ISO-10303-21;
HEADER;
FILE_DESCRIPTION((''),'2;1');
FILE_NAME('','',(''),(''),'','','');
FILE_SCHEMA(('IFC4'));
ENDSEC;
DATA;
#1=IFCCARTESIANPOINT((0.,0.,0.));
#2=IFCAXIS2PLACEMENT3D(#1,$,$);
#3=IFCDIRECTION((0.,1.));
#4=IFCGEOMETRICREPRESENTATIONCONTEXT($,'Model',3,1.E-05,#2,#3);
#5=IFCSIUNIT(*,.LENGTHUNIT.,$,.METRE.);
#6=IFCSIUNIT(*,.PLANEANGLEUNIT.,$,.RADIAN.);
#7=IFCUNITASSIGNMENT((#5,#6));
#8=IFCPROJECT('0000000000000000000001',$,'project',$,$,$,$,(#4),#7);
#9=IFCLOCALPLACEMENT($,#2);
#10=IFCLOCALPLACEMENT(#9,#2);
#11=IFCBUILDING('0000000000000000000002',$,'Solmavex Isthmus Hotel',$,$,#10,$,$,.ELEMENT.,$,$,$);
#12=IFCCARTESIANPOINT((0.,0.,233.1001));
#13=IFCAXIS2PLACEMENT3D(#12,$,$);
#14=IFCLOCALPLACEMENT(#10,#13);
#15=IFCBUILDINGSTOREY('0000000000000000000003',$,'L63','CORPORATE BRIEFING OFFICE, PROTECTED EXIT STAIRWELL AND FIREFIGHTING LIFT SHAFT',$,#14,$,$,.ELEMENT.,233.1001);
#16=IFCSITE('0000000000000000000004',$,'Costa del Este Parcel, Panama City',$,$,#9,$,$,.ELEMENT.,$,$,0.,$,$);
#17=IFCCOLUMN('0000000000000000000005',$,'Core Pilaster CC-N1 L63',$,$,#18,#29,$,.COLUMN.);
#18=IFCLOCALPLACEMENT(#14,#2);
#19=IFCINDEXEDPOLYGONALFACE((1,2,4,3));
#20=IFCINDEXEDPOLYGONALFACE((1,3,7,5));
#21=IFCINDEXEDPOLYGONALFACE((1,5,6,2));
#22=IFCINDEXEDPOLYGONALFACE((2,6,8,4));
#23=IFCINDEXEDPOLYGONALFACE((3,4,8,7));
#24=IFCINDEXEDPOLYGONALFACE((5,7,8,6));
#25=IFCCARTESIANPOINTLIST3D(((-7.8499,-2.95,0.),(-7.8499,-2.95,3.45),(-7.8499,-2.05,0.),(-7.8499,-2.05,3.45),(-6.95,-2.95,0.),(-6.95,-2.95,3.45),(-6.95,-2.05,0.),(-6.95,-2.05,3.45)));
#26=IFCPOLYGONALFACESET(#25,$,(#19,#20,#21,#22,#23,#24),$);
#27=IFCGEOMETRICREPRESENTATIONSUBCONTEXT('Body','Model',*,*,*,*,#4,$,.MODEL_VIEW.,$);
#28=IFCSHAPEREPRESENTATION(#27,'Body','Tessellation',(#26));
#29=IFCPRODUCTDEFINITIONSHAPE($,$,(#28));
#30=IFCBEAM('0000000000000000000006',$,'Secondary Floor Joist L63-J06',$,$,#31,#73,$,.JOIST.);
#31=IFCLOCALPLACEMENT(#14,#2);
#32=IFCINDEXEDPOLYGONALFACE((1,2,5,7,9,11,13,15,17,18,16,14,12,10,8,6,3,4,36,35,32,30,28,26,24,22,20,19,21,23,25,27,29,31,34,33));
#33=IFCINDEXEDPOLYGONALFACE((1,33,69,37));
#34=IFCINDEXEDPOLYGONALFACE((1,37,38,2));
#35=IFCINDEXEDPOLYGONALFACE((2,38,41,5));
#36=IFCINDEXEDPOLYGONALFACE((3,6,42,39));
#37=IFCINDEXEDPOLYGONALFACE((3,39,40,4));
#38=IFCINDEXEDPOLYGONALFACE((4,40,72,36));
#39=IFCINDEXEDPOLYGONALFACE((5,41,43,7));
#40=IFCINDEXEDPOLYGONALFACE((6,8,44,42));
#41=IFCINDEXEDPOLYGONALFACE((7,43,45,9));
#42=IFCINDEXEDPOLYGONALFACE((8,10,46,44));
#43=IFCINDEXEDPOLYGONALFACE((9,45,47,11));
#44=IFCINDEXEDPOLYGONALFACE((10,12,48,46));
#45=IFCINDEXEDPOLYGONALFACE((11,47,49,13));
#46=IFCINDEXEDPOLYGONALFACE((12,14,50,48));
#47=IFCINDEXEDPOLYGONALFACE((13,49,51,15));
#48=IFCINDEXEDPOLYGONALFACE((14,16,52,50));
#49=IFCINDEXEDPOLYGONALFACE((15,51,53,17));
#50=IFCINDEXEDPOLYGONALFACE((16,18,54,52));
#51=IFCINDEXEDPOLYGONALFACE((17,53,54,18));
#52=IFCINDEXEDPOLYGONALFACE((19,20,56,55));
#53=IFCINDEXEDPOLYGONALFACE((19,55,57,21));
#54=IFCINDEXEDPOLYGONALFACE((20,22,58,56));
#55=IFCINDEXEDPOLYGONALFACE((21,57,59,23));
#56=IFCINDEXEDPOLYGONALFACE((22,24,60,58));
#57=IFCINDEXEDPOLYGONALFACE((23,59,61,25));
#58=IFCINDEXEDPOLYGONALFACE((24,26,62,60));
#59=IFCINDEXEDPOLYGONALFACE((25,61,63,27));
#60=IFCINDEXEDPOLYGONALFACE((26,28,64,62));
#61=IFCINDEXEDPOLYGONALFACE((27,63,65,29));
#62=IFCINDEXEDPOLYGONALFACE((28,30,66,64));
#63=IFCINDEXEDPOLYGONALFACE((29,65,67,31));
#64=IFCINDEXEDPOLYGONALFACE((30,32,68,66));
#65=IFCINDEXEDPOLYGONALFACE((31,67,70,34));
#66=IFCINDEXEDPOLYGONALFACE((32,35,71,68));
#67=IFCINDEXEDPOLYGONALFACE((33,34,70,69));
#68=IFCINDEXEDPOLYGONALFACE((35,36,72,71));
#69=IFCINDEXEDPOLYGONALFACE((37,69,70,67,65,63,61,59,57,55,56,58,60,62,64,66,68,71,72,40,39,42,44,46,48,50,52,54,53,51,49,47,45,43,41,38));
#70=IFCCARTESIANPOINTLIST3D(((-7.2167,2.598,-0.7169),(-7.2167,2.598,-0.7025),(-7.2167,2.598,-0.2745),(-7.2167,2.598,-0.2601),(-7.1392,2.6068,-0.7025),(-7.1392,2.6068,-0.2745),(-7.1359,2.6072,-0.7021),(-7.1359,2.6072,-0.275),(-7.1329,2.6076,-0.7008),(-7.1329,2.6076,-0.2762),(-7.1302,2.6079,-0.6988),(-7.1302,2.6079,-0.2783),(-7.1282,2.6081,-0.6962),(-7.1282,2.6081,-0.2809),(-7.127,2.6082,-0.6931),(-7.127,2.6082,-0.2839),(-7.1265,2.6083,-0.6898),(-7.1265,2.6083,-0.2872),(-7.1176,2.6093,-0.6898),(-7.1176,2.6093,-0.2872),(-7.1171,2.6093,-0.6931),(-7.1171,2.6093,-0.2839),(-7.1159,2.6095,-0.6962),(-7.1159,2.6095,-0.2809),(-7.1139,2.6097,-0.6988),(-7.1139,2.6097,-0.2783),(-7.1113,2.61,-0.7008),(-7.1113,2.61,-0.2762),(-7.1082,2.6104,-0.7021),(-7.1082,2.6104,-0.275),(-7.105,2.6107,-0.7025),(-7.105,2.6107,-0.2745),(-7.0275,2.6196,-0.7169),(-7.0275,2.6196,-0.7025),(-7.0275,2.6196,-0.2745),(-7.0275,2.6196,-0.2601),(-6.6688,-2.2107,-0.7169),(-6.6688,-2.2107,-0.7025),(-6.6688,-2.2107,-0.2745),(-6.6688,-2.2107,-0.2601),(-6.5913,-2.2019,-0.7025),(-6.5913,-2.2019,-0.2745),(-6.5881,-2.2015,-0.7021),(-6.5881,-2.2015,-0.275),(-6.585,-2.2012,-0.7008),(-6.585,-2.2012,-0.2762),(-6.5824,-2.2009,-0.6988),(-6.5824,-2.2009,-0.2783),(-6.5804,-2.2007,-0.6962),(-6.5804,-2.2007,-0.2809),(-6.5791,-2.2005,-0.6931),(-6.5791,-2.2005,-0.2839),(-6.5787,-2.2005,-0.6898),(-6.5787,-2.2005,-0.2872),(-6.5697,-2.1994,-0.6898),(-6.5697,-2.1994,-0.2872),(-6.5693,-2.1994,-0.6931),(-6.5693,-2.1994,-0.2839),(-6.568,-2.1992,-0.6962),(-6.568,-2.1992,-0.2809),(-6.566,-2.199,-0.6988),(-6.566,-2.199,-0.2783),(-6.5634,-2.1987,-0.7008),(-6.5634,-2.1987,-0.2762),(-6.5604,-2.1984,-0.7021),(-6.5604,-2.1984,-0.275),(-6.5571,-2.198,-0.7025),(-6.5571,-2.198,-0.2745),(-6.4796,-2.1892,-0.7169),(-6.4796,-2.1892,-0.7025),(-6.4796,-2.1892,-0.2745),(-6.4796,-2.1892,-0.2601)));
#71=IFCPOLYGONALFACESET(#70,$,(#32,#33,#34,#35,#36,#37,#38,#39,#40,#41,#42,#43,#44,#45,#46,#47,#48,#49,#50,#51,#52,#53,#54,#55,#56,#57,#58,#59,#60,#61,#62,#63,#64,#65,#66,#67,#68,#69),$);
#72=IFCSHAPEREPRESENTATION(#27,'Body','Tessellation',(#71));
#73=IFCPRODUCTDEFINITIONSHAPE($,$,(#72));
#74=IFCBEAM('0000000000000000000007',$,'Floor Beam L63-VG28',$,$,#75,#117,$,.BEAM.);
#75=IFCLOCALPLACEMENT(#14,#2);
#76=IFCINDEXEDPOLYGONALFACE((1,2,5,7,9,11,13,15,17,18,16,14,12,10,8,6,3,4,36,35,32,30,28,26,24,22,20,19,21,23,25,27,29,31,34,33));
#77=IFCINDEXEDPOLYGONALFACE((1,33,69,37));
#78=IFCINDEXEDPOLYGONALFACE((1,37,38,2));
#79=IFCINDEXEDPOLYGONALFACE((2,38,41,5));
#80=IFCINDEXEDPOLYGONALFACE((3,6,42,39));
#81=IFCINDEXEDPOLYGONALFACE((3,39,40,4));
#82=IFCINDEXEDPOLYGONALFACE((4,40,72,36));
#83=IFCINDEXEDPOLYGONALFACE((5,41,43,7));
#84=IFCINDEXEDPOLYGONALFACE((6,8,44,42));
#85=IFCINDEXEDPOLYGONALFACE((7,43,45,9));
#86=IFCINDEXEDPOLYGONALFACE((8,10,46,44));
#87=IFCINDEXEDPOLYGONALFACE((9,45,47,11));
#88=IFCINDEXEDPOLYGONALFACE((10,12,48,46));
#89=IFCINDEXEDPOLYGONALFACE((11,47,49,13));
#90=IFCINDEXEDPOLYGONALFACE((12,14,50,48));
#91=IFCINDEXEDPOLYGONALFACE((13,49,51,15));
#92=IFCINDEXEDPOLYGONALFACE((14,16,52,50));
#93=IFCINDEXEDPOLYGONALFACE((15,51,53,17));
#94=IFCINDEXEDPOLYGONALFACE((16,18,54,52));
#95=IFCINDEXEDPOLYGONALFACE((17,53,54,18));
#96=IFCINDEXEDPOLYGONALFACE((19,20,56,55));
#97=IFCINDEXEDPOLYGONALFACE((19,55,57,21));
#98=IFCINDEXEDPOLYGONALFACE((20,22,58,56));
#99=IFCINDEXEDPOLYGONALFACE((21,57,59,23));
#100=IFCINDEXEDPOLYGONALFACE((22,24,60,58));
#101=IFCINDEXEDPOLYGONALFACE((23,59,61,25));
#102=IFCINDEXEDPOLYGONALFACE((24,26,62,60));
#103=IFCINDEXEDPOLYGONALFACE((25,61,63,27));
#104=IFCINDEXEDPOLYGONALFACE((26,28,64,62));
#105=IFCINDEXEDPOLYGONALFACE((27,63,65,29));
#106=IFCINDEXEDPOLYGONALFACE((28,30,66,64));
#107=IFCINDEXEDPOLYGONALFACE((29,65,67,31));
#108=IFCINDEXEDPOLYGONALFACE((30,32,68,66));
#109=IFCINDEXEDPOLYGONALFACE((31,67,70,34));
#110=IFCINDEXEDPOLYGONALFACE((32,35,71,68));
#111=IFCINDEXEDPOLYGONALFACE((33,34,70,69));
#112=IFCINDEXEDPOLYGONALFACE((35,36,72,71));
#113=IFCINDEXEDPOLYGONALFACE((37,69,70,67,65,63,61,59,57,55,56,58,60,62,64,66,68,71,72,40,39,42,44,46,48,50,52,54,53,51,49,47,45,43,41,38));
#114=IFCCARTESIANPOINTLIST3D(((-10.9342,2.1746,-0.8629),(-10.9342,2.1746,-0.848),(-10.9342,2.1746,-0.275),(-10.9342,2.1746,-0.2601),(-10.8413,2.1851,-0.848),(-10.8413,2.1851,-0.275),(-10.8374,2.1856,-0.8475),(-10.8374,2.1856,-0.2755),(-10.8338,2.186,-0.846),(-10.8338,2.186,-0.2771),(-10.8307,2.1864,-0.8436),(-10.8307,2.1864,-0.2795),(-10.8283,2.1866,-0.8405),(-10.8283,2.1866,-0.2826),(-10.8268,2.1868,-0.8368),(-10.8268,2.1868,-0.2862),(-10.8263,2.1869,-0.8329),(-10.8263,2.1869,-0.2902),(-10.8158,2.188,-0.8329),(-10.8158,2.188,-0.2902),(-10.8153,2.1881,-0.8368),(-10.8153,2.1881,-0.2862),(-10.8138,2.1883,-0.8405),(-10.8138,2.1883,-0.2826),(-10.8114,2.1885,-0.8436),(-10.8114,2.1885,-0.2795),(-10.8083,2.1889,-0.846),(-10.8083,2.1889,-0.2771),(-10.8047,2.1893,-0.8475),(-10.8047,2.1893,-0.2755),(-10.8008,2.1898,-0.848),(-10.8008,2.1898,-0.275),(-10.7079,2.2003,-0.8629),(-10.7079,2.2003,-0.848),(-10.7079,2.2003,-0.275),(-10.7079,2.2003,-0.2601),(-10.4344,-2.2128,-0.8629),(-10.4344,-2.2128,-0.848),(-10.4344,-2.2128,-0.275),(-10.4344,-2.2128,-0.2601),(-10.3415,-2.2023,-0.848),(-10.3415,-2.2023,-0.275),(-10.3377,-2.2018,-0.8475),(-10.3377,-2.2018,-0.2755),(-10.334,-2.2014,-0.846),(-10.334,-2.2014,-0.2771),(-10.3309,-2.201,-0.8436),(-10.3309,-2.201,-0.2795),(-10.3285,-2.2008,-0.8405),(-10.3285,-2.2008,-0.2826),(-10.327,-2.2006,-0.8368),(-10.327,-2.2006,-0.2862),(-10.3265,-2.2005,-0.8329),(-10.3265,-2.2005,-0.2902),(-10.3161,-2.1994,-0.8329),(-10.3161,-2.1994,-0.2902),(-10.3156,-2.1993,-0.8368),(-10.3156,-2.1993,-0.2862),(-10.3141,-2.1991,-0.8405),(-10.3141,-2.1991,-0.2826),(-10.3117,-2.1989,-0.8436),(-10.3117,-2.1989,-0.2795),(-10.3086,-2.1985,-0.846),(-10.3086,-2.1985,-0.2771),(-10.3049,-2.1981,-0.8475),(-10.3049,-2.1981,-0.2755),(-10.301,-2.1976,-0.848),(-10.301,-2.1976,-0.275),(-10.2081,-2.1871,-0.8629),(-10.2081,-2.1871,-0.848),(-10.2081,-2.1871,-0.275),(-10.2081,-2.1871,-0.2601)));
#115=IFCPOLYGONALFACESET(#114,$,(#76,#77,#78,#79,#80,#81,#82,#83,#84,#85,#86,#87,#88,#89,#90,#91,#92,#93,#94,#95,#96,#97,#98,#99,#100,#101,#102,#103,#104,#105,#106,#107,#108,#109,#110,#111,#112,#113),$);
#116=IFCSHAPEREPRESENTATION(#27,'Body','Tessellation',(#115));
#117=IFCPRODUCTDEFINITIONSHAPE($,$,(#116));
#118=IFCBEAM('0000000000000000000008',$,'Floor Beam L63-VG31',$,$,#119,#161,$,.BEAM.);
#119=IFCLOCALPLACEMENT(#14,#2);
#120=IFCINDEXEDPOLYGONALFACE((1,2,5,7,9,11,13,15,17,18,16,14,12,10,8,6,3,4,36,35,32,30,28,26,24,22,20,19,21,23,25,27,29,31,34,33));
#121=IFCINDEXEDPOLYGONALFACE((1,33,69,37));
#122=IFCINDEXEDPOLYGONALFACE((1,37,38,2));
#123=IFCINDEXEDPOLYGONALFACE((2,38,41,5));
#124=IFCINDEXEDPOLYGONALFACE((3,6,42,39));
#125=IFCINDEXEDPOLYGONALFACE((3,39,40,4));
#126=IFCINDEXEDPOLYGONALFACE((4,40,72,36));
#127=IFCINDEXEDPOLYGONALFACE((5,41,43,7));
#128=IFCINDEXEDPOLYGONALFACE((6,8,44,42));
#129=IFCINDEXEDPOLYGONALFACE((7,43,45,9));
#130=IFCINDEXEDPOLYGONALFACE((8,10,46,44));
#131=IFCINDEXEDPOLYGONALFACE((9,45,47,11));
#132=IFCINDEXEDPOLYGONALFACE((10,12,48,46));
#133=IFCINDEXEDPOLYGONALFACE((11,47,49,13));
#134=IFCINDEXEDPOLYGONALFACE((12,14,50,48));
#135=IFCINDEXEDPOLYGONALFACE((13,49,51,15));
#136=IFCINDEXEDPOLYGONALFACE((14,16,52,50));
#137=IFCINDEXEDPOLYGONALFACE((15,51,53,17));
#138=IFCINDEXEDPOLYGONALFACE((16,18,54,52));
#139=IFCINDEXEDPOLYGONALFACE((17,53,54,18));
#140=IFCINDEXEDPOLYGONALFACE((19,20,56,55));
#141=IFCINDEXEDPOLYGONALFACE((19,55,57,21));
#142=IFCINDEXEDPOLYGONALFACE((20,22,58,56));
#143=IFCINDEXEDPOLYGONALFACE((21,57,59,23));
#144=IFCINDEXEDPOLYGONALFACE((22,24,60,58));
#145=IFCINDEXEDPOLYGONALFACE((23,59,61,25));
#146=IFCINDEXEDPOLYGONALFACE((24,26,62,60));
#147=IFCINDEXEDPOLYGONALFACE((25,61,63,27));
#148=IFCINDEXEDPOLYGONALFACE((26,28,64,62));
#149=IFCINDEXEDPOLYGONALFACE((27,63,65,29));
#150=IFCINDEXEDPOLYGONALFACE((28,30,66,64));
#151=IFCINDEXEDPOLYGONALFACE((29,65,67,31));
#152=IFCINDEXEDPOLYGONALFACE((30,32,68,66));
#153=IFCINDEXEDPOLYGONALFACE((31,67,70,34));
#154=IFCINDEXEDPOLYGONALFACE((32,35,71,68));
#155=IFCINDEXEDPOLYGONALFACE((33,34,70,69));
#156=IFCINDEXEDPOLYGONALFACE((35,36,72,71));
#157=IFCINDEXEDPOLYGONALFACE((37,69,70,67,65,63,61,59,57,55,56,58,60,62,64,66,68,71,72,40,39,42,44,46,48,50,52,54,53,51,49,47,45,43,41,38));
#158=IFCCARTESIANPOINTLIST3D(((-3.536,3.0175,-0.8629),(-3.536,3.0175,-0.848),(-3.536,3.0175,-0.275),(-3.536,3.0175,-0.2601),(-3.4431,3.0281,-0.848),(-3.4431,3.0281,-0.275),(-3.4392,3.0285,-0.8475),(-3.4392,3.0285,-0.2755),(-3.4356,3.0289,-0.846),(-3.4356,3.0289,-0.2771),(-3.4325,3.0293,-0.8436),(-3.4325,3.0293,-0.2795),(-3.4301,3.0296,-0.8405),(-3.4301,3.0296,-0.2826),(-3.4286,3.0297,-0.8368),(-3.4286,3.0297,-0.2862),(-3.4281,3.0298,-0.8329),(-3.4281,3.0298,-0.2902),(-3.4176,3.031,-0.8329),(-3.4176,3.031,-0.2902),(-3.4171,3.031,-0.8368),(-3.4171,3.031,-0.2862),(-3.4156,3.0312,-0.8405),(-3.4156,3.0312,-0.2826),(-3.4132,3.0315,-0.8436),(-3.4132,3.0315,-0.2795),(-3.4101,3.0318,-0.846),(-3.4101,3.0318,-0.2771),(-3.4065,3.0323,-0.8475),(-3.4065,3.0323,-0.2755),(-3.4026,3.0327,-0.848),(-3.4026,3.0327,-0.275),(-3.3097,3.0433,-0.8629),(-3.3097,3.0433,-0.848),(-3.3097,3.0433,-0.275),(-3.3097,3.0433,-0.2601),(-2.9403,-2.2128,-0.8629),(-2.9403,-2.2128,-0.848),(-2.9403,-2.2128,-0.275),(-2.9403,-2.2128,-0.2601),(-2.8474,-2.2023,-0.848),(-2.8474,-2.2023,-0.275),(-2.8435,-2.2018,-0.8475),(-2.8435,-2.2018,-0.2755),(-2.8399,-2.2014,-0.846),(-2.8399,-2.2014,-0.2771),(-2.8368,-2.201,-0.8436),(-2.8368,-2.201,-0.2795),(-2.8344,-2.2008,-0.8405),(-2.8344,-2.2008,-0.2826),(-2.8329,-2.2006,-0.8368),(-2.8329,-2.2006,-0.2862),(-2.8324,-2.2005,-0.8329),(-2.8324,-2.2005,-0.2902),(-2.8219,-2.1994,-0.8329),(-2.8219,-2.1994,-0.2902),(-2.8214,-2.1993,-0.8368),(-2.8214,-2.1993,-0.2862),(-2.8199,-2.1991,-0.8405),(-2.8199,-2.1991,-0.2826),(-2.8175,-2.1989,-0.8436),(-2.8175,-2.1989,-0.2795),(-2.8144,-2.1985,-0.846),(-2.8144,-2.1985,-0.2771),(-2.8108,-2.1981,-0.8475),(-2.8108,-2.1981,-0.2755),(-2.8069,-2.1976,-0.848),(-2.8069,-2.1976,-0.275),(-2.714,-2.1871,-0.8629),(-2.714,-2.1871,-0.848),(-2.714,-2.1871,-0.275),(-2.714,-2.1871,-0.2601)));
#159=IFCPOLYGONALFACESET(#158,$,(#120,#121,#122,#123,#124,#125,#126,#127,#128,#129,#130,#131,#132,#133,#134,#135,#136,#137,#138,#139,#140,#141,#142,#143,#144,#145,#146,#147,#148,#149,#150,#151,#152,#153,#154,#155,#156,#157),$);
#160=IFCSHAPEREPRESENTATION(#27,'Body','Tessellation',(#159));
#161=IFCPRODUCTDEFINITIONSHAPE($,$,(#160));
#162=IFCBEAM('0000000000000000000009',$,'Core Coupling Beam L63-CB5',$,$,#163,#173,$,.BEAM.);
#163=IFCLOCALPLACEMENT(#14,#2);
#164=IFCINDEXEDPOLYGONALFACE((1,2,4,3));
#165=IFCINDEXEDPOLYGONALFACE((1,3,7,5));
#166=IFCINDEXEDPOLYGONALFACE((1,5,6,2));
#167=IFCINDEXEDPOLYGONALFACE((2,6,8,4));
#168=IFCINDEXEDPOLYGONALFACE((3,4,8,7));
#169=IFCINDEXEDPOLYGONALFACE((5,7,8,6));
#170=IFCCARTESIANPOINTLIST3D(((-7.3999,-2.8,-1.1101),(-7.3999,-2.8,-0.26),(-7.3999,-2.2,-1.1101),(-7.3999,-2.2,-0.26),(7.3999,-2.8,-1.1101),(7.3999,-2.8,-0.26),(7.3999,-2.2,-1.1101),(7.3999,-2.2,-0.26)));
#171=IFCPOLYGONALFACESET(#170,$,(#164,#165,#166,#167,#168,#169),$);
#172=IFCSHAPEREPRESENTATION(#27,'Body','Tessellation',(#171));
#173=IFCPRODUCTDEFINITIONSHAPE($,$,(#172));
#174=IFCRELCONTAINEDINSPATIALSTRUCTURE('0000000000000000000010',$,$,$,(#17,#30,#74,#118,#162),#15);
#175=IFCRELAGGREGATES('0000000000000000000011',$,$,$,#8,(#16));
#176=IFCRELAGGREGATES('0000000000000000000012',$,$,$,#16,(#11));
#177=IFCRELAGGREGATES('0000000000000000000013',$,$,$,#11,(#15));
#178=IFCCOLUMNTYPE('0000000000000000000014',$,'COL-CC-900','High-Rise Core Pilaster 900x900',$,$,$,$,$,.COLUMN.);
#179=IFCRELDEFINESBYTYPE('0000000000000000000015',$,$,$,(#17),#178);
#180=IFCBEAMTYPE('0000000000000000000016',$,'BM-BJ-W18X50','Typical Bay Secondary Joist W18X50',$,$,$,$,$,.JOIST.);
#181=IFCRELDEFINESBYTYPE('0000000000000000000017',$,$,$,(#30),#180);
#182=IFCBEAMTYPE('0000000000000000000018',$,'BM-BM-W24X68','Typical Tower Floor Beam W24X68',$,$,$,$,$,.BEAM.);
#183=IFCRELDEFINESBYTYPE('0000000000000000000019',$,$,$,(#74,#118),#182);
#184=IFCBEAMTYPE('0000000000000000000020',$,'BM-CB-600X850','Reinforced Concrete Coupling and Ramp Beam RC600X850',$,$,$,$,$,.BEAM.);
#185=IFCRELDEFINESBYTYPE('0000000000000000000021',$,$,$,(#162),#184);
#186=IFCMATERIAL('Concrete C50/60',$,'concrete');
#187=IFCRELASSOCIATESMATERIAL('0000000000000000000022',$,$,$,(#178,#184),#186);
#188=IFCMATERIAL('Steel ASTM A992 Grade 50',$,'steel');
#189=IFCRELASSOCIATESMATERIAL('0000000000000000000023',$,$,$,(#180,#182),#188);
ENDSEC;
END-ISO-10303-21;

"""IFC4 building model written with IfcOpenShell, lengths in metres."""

from ifc_helpers import new_model, si_unit, direction, frame, origin, origin_2d, place, context, subcontext, project, spatial, rectangle, i_section, extrude, material, material_profile, profile_set, type_object, element, save


model = new_model("IFC4")

# Units and contexts
model_context = context("Model", 3, precision=1e-05, world=origin(), true_north=direction((0.0, 1.0)))
body_context = subcontext(model_context, "Body", "Model", "MODEL_VIEW")
ifc_project = project(units=[si_unit("LENGTHUNIT", "METRE"), si_unit("PLANEANGLEUNIT", "RADIAN")], contexts=[model_context])

# Site, building, storey
site_placement = place(None, origin())
site = spatial("IfcSite", under=ifc_project, at=site_placement, Name="Costa del Este Parcel, Panama City", CompositionType="ELEMENT", RefElevation=0.0)
building_placement = place(site_placement, origin())
building = spatial("IfcBuilding", under=site, at=building_placement, Name="Solmavex Isthmus Hotel", CompositionType="ELEMENT")
storey_placement = place(building_placement, frame((0.0, 0.0, 233.1001)))
storey = spatial("IfcBuildingStorey", under=building, at=storey_placement, Name="L63", Description="CORPORATE BRIEFING OFFICE, PROTECTED EXIT STAIRWELL AND FIREFIGHTING LIFT SHAFT", CompositionType="ELEMENT", Elevation=233.1001)

# Column
ifc_material_1 = material(Name="Concrete C50/60", Category="concrete")
ifc_material_profile_1 = material_profile(ifc_material_1, rectangle(XDim=0.8999, YDim=0.8999, at=origin_2d()), Name="RC900X900")
ifc_profile_set_1 = profile_set([ifc_material_profile_1], Name="Concrete C50/60")
column_type = type_object("IfcColumnType", Name="COL-CC-900", Description="High-Rise Core Pilaster 900x900", PredefinedType="COLUMN", material=ifc_profile_set_1)
column_placement = place(storey_placement, frame((-7.3999, -2.5, 0.0), z_axis=(0.0, 0.0, 1.0), x_axis=(1.0, 0.0, 0.0)))
element("IfcColumn", 1, at=column_placement, inside=storey, type_object=column_type, Name="Core Pilaster CC-N1 L63", PredefinedType="COLUMN", context=body_context, shape_type="SweptSolid", body=[
    extrude(rectangle(XDim=0.8999, YDim=0.8999, at=origin_2d()), origin(), (0.0, 0.0, 1.0), 3.45),
])

# Beams
ifc_material_2 = material(Name="Steel ASTM A992 Grade 50", Category="steel")
ifc_material_profile_2 = material_profile(ifc_material_2, i_section(OverallWidth=0.1904, OverallDepth=0.4568, WebThickness=0.009, FlangeThickness=0.0144, FilletRadius=0.0127, at=origin_2d()), Name="W18X50")
ifc_profile_set_2 = profile_set([ifc_material_profile_2], Name="Steel ASTM A992 Grade 50")
beam_type_1 = type_object("IfcBeamType", Name="BM-BJ-W18X50", Description="Typical Bay Secondary Joist W18X50", PredefinedType="JOIST", material=ifc_profile_set_2)
beam_1_placement = place(storey_placement, frame((-6.5742, -2.2, -0.4885), z_axis=(-0.113194, 0.993573, 0.0), x_axis=(-0.993573, -0.113194, 0.0)))
element("IfcBeam", 2, at=beam_1_placement, inside=storey, type_object=beam_type_1, Name="Secondary Floor Joist L63-J06", PredefinedType="JOIST", context=body_context, shape_type="SweptSolid", body=[
    extrude(i_section(OverallWidth=0.1904, OverallDepth=0.4568, WebThickness=0.009, FlangeThickness=0.0144, FilletRadius=0.0127, at=origin_2d()), origin(), (0.0, 0.0, 1.0), 4.8398),
])
ifc_material_profile_3 = material_profile(ifc_material_2, i_section(OverallWidth=0.2278, OverallDepth=0.6028, WebThickness=0.0105, FlangeThickness=0.0149, FilletRadius=0.0151, at=origin_2d()), Name="W24X68")
ifc_profile_set_3 = profile_set([ifc_material_profile_3], Name="Steel ASTM A992 Grade 50")
beam_type_2 = type_object("IfcBeamType", Name="BM-BM-W24X68", Description="Typical Tower Floor Beam W24X68", PredefinedType="BEAM", material=ifc_profile_set_3)
beam_2_placement = place(storey_placement, frame((-10.3213, -2.2, -0.5615), z_axis=(-0.113174, 0.993575, 0.0), x_axis=(-0.993575, -0.113174, 0.0)))
element("IfcBeam", 3, at=beam_2_placement, inside=storey, type_object=beam_type_2, Name="Floor Beam L63-VG28", PredefinedType="BEAM", context=body_context, shape_type="SweptSolid", body=[
    extrude(i_section(OverallWidth=0.2278, OverallDepth=0.6028, WebThickness=0.0105, FlangeThickness=0.0149, FilletRadius=0.0151, at=origin_2d()), origin(), (0.0, 0.0, 1.0), 4.4158),
])
beam_3_placement = place(storey_placement, frame((-2.8271, -2.2, -0.5615), z_axis=(-0.113159, 0.993577, 0.0), x_axis=(-0.993577, -0.113159, 0.0)))
element("IfcBeam", 4, at=beam_3_placement, inside=storey, type_object=beam_type_2, Name="Floor Beam L63-VG31", PredefinedType="BEAM", context=body_context, shape_type="SweptSolid", body=[
    extrude(i_section(OverallWidth=0.2278, OverallDepth=0.6028, WebThickness=0.0105, FlangeThickness=0.0149, FilletRadius=0.0151, at=origin_2d()), origin(), (0.0, 0.0, 1.0), 5.2642),
])
ifc_material_profile_4 = material_profile(ifc_material_1, rectangle(XDim=0.6001, YDim=0.8501, at=origin_2d()), Name="RC600X850")
ifc_profile_set_4 = profile_set([ifc_material_profile_4], Name="Concrete C50/60")
beam_type_3 = type_object("IfcBeamType", Name="BM-CB-600X850", Description="Reinforced Concrete Coupling and Ramp Beam RC600X850", PredefinedType="BEAM", material=ifc_profile_set_4)
beam_4_placement = place(storey_placement, frame((-7.3999, -2.5, -0.6851), z_axis=(1.0, 0.0, 0.0), x_axis=(0.0, 1.0, 0.0)))
element("IfcBeam", 5, at=beam_4_placement, inside=storey, type_object=beam_type_3, Name="Core Coupling Beam L63-CB5", PredefinedType="BEAM", context=body_context, shape_type="SweptSolid", body=[
    extrude(rectangle(XDim=0.6001, YDim=0.8501, at=origin_2d()), origin(), (0.0, 0.0, 1.0), 14.7998),
])

save(model, "model.ifc")
